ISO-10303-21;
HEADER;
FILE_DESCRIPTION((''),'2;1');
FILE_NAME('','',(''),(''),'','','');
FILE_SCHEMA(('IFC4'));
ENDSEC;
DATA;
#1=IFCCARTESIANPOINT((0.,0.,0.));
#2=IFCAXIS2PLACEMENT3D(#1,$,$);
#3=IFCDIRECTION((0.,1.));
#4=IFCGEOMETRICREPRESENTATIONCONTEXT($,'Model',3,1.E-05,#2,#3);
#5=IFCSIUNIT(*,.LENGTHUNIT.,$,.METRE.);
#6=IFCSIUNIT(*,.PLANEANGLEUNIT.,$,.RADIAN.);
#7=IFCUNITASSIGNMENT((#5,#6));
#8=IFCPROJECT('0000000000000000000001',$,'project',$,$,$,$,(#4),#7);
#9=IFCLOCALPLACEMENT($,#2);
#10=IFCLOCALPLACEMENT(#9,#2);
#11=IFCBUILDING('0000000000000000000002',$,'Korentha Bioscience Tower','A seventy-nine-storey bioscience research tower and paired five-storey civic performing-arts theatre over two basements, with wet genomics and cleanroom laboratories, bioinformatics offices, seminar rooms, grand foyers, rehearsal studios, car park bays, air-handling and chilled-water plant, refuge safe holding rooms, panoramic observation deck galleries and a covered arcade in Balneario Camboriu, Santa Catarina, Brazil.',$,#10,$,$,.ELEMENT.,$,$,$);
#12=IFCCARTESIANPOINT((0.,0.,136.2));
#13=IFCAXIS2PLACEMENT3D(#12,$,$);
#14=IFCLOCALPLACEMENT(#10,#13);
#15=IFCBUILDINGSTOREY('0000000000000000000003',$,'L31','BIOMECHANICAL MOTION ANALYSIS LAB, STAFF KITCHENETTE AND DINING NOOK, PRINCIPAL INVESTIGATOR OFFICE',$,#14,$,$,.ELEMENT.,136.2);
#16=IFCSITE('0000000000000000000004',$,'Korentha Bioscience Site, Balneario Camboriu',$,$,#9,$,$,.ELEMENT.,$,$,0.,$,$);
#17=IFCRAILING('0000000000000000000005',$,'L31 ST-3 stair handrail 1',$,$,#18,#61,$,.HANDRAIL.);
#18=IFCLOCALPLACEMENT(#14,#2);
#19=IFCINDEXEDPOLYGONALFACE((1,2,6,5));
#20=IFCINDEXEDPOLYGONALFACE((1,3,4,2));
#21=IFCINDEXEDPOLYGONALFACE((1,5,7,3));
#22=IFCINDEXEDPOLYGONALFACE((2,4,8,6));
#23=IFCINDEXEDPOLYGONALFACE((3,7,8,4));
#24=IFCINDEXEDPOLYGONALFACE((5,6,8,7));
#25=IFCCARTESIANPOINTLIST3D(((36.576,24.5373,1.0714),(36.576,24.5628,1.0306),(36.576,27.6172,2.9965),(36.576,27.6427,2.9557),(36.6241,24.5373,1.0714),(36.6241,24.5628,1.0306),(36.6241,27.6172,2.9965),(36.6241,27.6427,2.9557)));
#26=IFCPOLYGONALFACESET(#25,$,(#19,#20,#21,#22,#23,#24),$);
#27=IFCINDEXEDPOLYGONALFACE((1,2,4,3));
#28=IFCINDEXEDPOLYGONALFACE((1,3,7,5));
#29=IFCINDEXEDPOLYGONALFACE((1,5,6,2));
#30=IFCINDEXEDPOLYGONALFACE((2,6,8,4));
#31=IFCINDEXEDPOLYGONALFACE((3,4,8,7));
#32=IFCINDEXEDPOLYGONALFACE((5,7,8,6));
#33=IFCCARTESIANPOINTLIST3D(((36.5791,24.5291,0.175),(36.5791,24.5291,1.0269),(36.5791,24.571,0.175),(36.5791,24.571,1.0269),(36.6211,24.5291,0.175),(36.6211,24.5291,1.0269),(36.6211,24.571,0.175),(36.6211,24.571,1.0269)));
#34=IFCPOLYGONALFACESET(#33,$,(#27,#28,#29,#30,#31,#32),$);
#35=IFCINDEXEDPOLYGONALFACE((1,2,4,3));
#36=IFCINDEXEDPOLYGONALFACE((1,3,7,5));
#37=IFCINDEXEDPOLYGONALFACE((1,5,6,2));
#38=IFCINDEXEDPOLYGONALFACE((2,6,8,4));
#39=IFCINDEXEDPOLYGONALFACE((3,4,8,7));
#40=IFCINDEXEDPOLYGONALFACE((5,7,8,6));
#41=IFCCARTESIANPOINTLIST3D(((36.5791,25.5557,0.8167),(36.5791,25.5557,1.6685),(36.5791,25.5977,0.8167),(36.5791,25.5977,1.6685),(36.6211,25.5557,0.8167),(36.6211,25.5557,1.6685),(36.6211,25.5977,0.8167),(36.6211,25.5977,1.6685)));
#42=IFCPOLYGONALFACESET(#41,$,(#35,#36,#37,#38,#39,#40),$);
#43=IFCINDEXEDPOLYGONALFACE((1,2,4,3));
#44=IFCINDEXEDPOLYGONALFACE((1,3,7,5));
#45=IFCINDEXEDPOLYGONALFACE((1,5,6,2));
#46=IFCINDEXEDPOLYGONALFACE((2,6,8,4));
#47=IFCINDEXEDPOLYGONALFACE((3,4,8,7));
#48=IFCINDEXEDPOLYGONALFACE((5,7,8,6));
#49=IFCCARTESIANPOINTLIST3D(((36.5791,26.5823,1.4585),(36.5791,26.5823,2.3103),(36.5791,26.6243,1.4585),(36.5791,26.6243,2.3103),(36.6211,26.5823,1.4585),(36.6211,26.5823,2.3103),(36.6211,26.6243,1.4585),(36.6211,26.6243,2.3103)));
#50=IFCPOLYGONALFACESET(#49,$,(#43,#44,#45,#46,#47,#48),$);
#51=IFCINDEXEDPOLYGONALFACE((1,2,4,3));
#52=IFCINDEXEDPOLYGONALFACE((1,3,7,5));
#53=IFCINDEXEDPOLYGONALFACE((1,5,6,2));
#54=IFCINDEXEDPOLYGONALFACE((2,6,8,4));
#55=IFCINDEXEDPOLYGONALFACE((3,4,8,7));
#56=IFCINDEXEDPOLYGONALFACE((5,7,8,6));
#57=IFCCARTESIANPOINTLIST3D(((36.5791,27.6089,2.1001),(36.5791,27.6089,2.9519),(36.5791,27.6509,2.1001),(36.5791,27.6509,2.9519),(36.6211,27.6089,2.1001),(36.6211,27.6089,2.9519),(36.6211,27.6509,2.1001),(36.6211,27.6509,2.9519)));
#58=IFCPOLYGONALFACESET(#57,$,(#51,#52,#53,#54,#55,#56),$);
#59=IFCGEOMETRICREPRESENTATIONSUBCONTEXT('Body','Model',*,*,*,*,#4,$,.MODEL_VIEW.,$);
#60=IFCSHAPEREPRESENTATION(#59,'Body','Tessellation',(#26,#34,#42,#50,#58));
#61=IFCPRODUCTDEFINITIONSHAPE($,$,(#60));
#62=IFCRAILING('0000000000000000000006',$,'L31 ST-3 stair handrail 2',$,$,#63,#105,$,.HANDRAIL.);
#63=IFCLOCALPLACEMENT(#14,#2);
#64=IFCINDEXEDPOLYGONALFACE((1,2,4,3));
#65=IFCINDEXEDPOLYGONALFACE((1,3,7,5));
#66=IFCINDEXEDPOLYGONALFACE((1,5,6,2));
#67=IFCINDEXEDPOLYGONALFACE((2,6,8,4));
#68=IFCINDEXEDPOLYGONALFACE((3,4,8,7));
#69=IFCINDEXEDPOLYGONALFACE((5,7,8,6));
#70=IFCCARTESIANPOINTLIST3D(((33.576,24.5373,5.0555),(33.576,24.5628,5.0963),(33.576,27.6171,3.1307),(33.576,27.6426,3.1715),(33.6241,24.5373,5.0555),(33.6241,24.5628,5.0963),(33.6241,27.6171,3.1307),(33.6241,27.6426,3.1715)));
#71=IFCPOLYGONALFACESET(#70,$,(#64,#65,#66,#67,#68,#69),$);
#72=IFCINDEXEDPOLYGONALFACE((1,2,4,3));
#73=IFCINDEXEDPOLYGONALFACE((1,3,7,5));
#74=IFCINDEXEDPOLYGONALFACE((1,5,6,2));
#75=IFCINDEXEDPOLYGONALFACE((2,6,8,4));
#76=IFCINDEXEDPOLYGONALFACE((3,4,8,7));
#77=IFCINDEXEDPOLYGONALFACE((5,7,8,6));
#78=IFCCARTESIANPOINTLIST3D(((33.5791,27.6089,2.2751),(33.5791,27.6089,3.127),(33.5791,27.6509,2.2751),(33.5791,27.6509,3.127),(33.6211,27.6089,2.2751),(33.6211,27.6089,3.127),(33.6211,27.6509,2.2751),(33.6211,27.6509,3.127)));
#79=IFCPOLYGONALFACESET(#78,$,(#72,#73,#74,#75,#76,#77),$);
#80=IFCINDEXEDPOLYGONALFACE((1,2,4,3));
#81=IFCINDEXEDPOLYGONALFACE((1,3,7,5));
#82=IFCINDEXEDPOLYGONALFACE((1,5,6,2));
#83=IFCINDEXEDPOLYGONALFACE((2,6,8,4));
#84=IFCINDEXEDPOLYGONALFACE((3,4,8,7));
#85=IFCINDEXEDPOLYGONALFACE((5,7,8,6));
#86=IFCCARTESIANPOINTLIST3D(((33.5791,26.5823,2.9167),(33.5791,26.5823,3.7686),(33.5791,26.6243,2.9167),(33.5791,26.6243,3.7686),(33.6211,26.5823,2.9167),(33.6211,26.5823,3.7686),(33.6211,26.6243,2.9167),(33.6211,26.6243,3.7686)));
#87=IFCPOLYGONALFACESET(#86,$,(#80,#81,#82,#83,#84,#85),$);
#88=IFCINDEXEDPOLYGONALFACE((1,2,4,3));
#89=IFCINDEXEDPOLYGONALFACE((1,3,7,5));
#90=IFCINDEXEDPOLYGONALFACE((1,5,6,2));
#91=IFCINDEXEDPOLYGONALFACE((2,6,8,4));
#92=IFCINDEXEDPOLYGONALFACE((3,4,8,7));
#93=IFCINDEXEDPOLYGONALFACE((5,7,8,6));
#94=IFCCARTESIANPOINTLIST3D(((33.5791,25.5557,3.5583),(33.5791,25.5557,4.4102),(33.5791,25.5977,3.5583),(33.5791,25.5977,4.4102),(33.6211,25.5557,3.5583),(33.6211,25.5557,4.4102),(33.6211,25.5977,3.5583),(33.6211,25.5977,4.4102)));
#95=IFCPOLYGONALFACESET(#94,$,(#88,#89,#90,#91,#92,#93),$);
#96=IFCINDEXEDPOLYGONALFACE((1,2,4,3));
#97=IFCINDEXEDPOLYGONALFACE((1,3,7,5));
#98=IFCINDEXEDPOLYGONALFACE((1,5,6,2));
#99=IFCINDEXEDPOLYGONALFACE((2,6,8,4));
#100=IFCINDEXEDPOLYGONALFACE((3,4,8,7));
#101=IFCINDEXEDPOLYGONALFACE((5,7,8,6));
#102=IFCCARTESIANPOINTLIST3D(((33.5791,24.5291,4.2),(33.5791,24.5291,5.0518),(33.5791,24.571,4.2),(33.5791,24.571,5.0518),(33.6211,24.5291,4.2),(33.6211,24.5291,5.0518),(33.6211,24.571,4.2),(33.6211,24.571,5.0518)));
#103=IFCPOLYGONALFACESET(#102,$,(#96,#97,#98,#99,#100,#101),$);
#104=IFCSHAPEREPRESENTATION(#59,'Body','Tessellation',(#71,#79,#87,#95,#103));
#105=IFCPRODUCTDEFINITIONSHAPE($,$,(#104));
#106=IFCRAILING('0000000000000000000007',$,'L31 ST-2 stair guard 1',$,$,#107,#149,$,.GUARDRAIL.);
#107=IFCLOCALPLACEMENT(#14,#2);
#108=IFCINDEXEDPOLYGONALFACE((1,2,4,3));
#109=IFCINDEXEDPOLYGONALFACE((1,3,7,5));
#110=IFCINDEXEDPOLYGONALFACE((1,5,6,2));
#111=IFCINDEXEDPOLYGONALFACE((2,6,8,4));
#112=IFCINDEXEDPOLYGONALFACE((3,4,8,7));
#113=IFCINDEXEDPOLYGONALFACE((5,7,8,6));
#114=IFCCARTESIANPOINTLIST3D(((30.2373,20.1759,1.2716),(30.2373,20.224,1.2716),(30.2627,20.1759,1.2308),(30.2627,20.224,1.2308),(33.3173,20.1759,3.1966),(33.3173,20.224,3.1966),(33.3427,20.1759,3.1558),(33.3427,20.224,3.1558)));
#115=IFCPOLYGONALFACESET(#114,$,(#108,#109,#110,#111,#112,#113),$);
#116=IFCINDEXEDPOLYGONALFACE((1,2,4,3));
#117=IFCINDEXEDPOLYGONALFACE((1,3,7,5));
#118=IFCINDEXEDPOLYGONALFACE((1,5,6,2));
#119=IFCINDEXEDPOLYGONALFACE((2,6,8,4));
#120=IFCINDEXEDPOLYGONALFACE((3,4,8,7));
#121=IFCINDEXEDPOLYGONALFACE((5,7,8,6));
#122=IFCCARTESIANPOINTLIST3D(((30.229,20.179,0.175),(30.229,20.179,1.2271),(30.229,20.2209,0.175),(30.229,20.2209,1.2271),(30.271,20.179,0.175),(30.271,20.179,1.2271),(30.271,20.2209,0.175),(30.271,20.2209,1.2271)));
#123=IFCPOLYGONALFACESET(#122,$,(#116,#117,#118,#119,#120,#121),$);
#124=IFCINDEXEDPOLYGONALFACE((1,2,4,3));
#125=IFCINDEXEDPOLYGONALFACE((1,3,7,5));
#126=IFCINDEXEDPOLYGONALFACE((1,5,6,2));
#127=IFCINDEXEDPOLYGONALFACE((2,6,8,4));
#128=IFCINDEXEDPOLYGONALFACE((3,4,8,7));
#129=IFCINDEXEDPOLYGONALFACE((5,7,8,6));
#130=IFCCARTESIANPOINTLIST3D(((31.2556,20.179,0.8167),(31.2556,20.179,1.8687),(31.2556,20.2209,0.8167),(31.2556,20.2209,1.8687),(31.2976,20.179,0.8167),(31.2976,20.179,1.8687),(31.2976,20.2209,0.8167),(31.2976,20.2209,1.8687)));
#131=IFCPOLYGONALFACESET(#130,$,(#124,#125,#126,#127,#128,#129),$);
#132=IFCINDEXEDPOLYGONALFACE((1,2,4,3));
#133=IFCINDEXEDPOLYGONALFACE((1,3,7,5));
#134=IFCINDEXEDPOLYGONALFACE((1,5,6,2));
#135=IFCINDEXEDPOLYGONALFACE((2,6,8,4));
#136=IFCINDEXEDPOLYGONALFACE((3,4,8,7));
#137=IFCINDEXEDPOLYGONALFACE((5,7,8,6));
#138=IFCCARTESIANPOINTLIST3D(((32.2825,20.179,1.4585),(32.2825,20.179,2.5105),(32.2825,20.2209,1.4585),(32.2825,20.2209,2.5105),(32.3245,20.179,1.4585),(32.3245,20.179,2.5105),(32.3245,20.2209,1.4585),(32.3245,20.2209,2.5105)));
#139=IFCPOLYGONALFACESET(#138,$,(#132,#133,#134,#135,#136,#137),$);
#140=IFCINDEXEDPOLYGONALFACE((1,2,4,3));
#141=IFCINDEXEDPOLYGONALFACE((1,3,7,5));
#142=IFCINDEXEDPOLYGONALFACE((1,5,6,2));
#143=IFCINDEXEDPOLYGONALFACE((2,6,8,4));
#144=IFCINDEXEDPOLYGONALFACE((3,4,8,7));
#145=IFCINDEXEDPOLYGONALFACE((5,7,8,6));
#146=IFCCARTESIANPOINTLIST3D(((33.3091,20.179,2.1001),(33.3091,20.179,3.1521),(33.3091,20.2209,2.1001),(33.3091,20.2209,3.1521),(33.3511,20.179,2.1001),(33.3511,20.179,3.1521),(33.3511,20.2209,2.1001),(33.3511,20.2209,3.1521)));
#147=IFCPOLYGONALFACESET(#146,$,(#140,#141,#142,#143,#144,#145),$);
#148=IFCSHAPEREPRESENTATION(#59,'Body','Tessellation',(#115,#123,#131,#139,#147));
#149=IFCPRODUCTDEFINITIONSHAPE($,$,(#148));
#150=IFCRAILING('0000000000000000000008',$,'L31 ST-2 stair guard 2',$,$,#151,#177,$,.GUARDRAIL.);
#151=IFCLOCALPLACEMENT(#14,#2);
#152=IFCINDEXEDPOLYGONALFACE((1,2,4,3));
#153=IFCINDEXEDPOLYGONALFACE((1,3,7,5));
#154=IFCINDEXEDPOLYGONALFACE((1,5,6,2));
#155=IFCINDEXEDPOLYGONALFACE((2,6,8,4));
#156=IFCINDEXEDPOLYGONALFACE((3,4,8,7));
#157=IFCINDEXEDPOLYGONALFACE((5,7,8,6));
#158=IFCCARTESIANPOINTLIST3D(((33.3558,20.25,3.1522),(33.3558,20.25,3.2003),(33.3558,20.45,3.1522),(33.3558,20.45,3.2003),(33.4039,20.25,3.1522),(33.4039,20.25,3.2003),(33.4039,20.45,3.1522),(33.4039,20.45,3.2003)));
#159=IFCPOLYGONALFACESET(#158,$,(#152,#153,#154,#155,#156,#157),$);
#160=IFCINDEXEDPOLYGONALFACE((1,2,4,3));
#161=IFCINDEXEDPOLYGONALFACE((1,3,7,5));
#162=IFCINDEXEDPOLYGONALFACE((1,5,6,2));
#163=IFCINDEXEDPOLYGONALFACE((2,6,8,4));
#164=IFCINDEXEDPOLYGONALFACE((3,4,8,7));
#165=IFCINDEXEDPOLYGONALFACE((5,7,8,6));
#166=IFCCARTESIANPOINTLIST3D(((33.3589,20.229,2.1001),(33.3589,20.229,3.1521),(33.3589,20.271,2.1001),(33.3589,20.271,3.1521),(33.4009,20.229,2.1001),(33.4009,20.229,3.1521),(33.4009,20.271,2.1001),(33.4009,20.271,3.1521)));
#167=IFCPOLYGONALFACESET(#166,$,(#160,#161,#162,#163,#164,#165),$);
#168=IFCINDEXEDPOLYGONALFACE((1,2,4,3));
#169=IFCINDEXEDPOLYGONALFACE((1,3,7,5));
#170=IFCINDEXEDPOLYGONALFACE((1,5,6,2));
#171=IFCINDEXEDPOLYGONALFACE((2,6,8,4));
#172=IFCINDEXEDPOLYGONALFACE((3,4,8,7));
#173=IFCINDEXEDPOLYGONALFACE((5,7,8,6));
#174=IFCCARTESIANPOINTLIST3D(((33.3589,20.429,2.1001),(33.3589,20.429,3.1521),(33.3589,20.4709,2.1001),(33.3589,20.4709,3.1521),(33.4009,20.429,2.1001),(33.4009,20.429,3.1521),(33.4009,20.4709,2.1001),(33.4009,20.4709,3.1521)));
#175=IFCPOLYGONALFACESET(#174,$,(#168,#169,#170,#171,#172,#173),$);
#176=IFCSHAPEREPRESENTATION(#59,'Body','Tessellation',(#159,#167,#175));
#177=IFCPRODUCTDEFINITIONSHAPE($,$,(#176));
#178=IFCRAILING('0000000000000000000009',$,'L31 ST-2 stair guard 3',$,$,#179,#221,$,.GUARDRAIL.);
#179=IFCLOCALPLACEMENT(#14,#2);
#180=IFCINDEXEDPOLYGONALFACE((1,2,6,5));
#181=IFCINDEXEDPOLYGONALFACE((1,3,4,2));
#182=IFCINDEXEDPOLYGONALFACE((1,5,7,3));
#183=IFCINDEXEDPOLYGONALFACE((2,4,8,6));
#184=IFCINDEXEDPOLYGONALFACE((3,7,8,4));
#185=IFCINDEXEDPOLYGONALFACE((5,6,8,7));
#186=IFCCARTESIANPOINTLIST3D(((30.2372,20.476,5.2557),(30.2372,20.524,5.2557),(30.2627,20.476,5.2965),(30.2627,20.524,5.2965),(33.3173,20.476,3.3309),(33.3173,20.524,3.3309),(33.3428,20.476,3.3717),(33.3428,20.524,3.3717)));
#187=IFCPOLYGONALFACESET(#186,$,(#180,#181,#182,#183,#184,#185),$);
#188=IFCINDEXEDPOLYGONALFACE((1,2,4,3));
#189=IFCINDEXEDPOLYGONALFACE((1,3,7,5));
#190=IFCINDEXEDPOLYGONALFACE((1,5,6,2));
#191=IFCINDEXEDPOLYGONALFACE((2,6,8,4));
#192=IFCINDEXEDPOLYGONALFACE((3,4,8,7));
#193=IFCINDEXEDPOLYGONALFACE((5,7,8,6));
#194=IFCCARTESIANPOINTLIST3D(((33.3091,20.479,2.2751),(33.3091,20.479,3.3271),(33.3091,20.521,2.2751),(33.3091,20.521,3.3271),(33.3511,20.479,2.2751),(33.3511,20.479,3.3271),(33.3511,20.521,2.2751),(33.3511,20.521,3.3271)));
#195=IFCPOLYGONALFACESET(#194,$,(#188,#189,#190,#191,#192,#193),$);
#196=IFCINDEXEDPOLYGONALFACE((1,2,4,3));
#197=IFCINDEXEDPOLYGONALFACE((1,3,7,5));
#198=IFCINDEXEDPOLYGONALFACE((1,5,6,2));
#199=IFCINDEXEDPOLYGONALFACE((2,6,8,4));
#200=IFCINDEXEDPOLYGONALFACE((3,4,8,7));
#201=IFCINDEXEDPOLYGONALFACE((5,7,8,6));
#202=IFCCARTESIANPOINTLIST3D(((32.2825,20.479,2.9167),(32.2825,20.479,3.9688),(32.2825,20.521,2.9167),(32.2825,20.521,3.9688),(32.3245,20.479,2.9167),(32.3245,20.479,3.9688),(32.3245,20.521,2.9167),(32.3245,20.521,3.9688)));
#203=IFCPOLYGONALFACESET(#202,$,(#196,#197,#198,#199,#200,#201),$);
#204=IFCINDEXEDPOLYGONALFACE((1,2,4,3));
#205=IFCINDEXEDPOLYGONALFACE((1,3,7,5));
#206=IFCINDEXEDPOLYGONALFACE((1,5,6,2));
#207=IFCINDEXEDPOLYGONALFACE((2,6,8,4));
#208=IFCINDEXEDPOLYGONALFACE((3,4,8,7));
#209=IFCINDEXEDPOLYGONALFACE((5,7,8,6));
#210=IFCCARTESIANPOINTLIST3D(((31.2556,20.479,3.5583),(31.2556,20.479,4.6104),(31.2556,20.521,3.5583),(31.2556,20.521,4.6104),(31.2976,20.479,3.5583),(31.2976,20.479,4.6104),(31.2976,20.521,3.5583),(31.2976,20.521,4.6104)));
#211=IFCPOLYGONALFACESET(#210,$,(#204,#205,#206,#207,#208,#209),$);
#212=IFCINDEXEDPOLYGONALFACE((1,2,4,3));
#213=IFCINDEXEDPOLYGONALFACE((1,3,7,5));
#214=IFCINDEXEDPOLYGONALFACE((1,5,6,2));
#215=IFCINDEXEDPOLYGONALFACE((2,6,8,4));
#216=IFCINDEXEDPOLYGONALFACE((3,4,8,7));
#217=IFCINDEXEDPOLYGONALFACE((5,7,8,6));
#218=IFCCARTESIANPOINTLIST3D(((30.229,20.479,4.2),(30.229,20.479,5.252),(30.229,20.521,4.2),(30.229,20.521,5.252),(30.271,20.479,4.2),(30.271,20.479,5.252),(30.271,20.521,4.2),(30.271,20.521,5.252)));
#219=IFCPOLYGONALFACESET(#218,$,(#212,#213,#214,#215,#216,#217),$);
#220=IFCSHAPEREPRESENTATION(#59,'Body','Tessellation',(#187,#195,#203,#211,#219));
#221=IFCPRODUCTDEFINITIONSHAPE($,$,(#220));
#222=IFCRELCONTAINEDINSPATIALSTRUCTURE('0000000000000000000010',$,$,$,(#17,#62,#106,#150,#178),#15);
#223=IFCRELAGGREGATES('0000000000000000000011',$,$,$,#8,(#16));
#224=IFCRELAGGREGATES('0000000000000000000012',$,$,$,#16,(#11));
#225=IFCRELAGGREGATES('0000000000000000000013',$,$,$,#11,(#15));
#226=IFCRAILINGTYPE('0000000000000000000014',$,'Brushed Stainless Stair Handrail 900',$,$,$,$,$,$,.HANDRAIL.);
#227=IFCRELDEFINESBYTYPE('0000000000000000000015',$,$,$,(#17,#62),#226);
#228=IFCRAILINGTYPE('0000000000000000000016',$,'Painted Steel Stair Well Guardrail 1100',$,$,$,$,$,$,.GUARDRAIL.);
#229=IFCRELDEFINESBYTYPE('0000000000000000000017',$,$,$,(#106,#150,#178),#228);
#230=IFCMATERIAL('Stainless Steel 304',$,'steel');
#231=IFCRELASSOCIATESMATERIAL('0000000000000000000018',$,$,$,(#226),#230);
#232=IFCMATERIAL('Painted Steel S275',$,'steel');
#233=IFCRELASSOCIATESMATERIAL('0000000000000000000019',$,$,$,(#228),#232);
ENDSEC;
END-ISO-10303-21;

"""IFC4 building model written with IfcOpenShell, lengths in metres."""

from ifc_helpers import new_model, si_unit, direction, frame, origin, origin_2d, place, context, subcontext, project, spatial, rectangle, extrude, material, type_object, element, save


model = new_model("IFC4")

# Units and contexts
model_context = context("Model", 3, precision=1e-05, world=origin(), true_north=direction((0.0, 1.0)))
body_context = subcontext(model_context, "Body", "Model", "MODEL_VIEW")
ifc_project = project(units=[si_unit("LENGTHUNIT", "METRE"), si_unit("PLANEANGLEUNIT", "RADIAN")], contexts=[model_context])

# Site, building, storey
site_placement = place(None, origin())
site = spatial("IfcSite", under=ifc_project, at=site_placement, Name="Korentha Bioscience Site, Balneario Camboriu", CompositionType="ELEMENT", RefElevation=0.0)
building_placement = place(site_placement, origin())
building = spatial("IfcBuilding", under=site, at=building_placement, Name="Korentha Bioscience Tower", Description="A seventy-nine-storey bioscience research tower and paired five-storey civic performing-arts theatre over two basements, with wet genomics and cleanroom laboratories, bioinformatics offices, seminar rooms, grand foyers, rehearsal studios, car park bays, air-handling and chilled-water plant, refuge safe holding rooms, panoramic observation deck galleries and a covered arcade in Balneario Camboriu, Santa Catarina, Brazil.", CompositionType="ELEMENT")
storey_placement = place(building_placement, frame((0.0, 0.0, 136.2)))
storey = spatial("IfcBuildingStorey", under=building, at=storey_placement, Name="L31", Description="BIOMECHANICAL MOTION ANALYSIS LAB, STAFF KITCHENETTE AND DINING NOOK, PRINCIPAL INVESTIGATOR OFFICE", CompositionType="ELEMENT", Elevation=136.2)

# Railings
ifc_material_1 = material(Name="Stainless Steel 304", Category="steel")
railing_type_1 = type_object("IfcRailingType", Name="Brushed Stainless Stair Handrail 900", PredefinedType="HANDRAIL", material=ifc_material_1)
railing_1_placement = place(storey_placement, frame((36.6001, 24.55, 0.175)))
element("IfcRailing", 1, at=railing_1_placement, inside=storey, type_object=railing_type_1, Name="L31 ST-3 stair handrail 1", PredefinedType="HANDRAIL", context=body_context, shape_type="SweptSolid", body=[
    extrude(rectangle(XDim=0.0481, YDim=0.0481, at=origin_2d()), frame((0.0, 0.0, 0.876), z_axis=(0.0, 0.847979, 0.530029), x_axis=(-1.0, 0.0, 0.0)), (0.0, 0.0, 1.0), 3.6321),
    extrude(rectangle(XDim=0.042, YDim=0.042, at=origin_2d()), origin(), (0.0, 0.0, 1.0), 0.8518),
    extrude(rectangle(XDim=0.042, YDim=0.042, at=origin_2d()), frame((0.0, 1.0266, 0.6416)), (0.0, 0.0, 1.0), 0.8518),
    extrude(rectangle(XDim=0.042, YDim=0.042, at=origin_2d()), frame((0.0, 2.0532, 1.2834)), (0.0, 0.0, 1.0), 0.8518),
    extrude(rectangle(XDim=0.042, YDim=0.042, at=origin_2d()), frame((0.0, 3.0798, 1.925)), (0.0, 0.0, 1.0), 0.8518),
])
railing_2_placement = place(storey_placement, frame((33.6001, 27.6299, 2.2751)))
element("IfcRailing", 2, at=railing_2_placement, inside=storey, type_object=railing_type_1, Name="L31 ST-3 stair handrail 2", PredefinedType="HANDRAIL", context=body_context, shape_type="SweptSolid", body=[
    extrude(rectangle(XDim=0.0481, YDim=0.0481, at=origin_2d()), frame((0.0, 0.0, 0.876), z_axis=(0.0, -0.84801, 0.529981), x_axis=(1.0, 0.0, 0.0)), (0.0, 0.0, 1.0), 3.6318),
    extrude(rectangle(XDim=0.042, YDim=0.042, at=origin_2d()), origin(), (0.0, 0.0, 1.0), 0.8518),
    extrude(rectangle(XDim=0.042, YDim=0.042, at=origin_2d()), frame((0.0, -1.0266, 0.6416)), (0.0, 0.0, 1.0), 0.8518),
    extrude(rectangle(XDim=0.042, YDim=0.042, at=origin_2d()), frame((0.0, -2.0532, 1.2832)), (0.0, 0.0, 1.0), 0.8518),
    extrude(rectangle(XDim=0.042, YDim=0.042, at=origin_2d()), frame((0.0, -3.0798, 1.9248)), (0.0, 0.0, 1.0), 0.8518),
])
ifc_material_2 = material(Name="Painted Steel S275", Category="steel")
railing_type_2 = type_object("IfcRailingType", Name="Painted Steel Stair Well Guardrail 1100", PredefinedType="GUARDRAIL", material=ifc_material_2)
railing_3_placement = place(storey_placement, frame((30.25, 20.2, 0.175)))
element("IfcRailing", 3, at=railing_3_placement, inside=storey, type_object=railing_type_2, Name="L31 ST-2 stair guard 1", PredefinedType="GUARDRAIL", context=body_context, shape_type="SweptSolid", body=[
    extrude(rectangle(XDim=0.0481, YDim=0.0481, at=origin_2d()), frame((0.0, 0.0, 1.0762), z_axis=(0.847998, 0.0, 0.529999), x_axis=(0.0, 1.0, 0.0)), (0.0, 0.0, 1.0), 3.6321),
    extrude(rectangle(XDim=0.042, YDim=0.042, at=origin_2d()), origin(), (0.0, 0.0, 1.0), 1.052),
    extrude(rectangle(XDim=0.042, YDim=0.042, at=origin_2d()), frame((1.0266, 0.0, 0.6416)), (0.0, 0.0, 1.0), 1.052),
    extrude(rectangle(XDim=0.042, YDim=0.042, at=origin_2d()), frame((2.0535, 0.0, 1.2834)), (0.0, 0.0, 1.0), 1.052),
    extrude(rectangle(XDim=0.042, YDim=0.042, at=origin_2d()), frame((3.0801, 0.0, 1.925)), (0.0, 0.0, 1.0), 1.052),
])
railing_4_placement = place(storey_placement, frame((33.3799, 20.25, 2.1001)))
element("IfcRailing", 4, at=railing_4_placement, inside=storey, type_object=railing_type_2, Name="L31 ST-2 stair guard 2", PredefinedType="GUARDRAIL", context=body_context, shape_type="SweptSolid", body=[
    extrude(rectangle(XDim=0.0481, YDim=0.0481, at=origin_2d()), frame((0.0, 0.0, 1.0762), z_axis=(0.0, 1.0, 0.0), x_axis=(-1.0, 0.0, 0.0)), (0.0, 0.0, 1.0), 0.2),
    extrude(rectangle(XDim=0.042, YDim=0.042, at=origin_2d()), origin(), (0.0, 0.0, 1.0), 1.052),
    extrude(rectangle(XDim=0.042, YDim=0.042, at=origin_2d()), frame((0.0, 0.2, 0.0)), (0.0, 0.0, 1.0), 1.052),
])
railing_5_placement = place(storey_placement, frame((33.3301, 20.5, 2.2751)))
element("IfcRailing", 5, at=railing_5_placement, inside=storey, type_object=railing_type_2, Name="L31 ST-2 stair guard 3", PredefinedType="GUARDRAIL", context=body_context, shape_type="SweptSolid", body=[
    extrude(rectangle(XDim=0.0481, YDim=0.0481, at=origin_2d()), frame((0.0, 0.0, 1.0762), z_axis=(-0.848029, 0.0, 0.529951), x_axis=(0.0, -1.0, 0.0)), (0.0, 0.0, 1.0), 3.6321),
    extrude(rectangle(XDim=0.042, YDim=0.042, at=origin_2d()), origin(), (0.0, 0.0, 1.0), 1.052),
    extrude(rectangle(XDim=0.042, YDim=0.042, at=origin_2d()), frame((-1.0266, 0.0, 0.6416)), (0.0, 0.0, 1.0), 1.052),
    extrude(rectangle(XDim=0.042, YDim=0.042, at=origin_2d()), frame((-2.0535, 0.0, 1.2832)), (0.0, 0.0, 1.0), 1.052),
    extrude(rectangle(XDim=0.042, YDim=0.042, at=origin_2d()), frame((-3.0801, 0.0, 1.9248)), (0.0, 0.0, 1.0), 1.052),
])

save(model, "model.ifc")
